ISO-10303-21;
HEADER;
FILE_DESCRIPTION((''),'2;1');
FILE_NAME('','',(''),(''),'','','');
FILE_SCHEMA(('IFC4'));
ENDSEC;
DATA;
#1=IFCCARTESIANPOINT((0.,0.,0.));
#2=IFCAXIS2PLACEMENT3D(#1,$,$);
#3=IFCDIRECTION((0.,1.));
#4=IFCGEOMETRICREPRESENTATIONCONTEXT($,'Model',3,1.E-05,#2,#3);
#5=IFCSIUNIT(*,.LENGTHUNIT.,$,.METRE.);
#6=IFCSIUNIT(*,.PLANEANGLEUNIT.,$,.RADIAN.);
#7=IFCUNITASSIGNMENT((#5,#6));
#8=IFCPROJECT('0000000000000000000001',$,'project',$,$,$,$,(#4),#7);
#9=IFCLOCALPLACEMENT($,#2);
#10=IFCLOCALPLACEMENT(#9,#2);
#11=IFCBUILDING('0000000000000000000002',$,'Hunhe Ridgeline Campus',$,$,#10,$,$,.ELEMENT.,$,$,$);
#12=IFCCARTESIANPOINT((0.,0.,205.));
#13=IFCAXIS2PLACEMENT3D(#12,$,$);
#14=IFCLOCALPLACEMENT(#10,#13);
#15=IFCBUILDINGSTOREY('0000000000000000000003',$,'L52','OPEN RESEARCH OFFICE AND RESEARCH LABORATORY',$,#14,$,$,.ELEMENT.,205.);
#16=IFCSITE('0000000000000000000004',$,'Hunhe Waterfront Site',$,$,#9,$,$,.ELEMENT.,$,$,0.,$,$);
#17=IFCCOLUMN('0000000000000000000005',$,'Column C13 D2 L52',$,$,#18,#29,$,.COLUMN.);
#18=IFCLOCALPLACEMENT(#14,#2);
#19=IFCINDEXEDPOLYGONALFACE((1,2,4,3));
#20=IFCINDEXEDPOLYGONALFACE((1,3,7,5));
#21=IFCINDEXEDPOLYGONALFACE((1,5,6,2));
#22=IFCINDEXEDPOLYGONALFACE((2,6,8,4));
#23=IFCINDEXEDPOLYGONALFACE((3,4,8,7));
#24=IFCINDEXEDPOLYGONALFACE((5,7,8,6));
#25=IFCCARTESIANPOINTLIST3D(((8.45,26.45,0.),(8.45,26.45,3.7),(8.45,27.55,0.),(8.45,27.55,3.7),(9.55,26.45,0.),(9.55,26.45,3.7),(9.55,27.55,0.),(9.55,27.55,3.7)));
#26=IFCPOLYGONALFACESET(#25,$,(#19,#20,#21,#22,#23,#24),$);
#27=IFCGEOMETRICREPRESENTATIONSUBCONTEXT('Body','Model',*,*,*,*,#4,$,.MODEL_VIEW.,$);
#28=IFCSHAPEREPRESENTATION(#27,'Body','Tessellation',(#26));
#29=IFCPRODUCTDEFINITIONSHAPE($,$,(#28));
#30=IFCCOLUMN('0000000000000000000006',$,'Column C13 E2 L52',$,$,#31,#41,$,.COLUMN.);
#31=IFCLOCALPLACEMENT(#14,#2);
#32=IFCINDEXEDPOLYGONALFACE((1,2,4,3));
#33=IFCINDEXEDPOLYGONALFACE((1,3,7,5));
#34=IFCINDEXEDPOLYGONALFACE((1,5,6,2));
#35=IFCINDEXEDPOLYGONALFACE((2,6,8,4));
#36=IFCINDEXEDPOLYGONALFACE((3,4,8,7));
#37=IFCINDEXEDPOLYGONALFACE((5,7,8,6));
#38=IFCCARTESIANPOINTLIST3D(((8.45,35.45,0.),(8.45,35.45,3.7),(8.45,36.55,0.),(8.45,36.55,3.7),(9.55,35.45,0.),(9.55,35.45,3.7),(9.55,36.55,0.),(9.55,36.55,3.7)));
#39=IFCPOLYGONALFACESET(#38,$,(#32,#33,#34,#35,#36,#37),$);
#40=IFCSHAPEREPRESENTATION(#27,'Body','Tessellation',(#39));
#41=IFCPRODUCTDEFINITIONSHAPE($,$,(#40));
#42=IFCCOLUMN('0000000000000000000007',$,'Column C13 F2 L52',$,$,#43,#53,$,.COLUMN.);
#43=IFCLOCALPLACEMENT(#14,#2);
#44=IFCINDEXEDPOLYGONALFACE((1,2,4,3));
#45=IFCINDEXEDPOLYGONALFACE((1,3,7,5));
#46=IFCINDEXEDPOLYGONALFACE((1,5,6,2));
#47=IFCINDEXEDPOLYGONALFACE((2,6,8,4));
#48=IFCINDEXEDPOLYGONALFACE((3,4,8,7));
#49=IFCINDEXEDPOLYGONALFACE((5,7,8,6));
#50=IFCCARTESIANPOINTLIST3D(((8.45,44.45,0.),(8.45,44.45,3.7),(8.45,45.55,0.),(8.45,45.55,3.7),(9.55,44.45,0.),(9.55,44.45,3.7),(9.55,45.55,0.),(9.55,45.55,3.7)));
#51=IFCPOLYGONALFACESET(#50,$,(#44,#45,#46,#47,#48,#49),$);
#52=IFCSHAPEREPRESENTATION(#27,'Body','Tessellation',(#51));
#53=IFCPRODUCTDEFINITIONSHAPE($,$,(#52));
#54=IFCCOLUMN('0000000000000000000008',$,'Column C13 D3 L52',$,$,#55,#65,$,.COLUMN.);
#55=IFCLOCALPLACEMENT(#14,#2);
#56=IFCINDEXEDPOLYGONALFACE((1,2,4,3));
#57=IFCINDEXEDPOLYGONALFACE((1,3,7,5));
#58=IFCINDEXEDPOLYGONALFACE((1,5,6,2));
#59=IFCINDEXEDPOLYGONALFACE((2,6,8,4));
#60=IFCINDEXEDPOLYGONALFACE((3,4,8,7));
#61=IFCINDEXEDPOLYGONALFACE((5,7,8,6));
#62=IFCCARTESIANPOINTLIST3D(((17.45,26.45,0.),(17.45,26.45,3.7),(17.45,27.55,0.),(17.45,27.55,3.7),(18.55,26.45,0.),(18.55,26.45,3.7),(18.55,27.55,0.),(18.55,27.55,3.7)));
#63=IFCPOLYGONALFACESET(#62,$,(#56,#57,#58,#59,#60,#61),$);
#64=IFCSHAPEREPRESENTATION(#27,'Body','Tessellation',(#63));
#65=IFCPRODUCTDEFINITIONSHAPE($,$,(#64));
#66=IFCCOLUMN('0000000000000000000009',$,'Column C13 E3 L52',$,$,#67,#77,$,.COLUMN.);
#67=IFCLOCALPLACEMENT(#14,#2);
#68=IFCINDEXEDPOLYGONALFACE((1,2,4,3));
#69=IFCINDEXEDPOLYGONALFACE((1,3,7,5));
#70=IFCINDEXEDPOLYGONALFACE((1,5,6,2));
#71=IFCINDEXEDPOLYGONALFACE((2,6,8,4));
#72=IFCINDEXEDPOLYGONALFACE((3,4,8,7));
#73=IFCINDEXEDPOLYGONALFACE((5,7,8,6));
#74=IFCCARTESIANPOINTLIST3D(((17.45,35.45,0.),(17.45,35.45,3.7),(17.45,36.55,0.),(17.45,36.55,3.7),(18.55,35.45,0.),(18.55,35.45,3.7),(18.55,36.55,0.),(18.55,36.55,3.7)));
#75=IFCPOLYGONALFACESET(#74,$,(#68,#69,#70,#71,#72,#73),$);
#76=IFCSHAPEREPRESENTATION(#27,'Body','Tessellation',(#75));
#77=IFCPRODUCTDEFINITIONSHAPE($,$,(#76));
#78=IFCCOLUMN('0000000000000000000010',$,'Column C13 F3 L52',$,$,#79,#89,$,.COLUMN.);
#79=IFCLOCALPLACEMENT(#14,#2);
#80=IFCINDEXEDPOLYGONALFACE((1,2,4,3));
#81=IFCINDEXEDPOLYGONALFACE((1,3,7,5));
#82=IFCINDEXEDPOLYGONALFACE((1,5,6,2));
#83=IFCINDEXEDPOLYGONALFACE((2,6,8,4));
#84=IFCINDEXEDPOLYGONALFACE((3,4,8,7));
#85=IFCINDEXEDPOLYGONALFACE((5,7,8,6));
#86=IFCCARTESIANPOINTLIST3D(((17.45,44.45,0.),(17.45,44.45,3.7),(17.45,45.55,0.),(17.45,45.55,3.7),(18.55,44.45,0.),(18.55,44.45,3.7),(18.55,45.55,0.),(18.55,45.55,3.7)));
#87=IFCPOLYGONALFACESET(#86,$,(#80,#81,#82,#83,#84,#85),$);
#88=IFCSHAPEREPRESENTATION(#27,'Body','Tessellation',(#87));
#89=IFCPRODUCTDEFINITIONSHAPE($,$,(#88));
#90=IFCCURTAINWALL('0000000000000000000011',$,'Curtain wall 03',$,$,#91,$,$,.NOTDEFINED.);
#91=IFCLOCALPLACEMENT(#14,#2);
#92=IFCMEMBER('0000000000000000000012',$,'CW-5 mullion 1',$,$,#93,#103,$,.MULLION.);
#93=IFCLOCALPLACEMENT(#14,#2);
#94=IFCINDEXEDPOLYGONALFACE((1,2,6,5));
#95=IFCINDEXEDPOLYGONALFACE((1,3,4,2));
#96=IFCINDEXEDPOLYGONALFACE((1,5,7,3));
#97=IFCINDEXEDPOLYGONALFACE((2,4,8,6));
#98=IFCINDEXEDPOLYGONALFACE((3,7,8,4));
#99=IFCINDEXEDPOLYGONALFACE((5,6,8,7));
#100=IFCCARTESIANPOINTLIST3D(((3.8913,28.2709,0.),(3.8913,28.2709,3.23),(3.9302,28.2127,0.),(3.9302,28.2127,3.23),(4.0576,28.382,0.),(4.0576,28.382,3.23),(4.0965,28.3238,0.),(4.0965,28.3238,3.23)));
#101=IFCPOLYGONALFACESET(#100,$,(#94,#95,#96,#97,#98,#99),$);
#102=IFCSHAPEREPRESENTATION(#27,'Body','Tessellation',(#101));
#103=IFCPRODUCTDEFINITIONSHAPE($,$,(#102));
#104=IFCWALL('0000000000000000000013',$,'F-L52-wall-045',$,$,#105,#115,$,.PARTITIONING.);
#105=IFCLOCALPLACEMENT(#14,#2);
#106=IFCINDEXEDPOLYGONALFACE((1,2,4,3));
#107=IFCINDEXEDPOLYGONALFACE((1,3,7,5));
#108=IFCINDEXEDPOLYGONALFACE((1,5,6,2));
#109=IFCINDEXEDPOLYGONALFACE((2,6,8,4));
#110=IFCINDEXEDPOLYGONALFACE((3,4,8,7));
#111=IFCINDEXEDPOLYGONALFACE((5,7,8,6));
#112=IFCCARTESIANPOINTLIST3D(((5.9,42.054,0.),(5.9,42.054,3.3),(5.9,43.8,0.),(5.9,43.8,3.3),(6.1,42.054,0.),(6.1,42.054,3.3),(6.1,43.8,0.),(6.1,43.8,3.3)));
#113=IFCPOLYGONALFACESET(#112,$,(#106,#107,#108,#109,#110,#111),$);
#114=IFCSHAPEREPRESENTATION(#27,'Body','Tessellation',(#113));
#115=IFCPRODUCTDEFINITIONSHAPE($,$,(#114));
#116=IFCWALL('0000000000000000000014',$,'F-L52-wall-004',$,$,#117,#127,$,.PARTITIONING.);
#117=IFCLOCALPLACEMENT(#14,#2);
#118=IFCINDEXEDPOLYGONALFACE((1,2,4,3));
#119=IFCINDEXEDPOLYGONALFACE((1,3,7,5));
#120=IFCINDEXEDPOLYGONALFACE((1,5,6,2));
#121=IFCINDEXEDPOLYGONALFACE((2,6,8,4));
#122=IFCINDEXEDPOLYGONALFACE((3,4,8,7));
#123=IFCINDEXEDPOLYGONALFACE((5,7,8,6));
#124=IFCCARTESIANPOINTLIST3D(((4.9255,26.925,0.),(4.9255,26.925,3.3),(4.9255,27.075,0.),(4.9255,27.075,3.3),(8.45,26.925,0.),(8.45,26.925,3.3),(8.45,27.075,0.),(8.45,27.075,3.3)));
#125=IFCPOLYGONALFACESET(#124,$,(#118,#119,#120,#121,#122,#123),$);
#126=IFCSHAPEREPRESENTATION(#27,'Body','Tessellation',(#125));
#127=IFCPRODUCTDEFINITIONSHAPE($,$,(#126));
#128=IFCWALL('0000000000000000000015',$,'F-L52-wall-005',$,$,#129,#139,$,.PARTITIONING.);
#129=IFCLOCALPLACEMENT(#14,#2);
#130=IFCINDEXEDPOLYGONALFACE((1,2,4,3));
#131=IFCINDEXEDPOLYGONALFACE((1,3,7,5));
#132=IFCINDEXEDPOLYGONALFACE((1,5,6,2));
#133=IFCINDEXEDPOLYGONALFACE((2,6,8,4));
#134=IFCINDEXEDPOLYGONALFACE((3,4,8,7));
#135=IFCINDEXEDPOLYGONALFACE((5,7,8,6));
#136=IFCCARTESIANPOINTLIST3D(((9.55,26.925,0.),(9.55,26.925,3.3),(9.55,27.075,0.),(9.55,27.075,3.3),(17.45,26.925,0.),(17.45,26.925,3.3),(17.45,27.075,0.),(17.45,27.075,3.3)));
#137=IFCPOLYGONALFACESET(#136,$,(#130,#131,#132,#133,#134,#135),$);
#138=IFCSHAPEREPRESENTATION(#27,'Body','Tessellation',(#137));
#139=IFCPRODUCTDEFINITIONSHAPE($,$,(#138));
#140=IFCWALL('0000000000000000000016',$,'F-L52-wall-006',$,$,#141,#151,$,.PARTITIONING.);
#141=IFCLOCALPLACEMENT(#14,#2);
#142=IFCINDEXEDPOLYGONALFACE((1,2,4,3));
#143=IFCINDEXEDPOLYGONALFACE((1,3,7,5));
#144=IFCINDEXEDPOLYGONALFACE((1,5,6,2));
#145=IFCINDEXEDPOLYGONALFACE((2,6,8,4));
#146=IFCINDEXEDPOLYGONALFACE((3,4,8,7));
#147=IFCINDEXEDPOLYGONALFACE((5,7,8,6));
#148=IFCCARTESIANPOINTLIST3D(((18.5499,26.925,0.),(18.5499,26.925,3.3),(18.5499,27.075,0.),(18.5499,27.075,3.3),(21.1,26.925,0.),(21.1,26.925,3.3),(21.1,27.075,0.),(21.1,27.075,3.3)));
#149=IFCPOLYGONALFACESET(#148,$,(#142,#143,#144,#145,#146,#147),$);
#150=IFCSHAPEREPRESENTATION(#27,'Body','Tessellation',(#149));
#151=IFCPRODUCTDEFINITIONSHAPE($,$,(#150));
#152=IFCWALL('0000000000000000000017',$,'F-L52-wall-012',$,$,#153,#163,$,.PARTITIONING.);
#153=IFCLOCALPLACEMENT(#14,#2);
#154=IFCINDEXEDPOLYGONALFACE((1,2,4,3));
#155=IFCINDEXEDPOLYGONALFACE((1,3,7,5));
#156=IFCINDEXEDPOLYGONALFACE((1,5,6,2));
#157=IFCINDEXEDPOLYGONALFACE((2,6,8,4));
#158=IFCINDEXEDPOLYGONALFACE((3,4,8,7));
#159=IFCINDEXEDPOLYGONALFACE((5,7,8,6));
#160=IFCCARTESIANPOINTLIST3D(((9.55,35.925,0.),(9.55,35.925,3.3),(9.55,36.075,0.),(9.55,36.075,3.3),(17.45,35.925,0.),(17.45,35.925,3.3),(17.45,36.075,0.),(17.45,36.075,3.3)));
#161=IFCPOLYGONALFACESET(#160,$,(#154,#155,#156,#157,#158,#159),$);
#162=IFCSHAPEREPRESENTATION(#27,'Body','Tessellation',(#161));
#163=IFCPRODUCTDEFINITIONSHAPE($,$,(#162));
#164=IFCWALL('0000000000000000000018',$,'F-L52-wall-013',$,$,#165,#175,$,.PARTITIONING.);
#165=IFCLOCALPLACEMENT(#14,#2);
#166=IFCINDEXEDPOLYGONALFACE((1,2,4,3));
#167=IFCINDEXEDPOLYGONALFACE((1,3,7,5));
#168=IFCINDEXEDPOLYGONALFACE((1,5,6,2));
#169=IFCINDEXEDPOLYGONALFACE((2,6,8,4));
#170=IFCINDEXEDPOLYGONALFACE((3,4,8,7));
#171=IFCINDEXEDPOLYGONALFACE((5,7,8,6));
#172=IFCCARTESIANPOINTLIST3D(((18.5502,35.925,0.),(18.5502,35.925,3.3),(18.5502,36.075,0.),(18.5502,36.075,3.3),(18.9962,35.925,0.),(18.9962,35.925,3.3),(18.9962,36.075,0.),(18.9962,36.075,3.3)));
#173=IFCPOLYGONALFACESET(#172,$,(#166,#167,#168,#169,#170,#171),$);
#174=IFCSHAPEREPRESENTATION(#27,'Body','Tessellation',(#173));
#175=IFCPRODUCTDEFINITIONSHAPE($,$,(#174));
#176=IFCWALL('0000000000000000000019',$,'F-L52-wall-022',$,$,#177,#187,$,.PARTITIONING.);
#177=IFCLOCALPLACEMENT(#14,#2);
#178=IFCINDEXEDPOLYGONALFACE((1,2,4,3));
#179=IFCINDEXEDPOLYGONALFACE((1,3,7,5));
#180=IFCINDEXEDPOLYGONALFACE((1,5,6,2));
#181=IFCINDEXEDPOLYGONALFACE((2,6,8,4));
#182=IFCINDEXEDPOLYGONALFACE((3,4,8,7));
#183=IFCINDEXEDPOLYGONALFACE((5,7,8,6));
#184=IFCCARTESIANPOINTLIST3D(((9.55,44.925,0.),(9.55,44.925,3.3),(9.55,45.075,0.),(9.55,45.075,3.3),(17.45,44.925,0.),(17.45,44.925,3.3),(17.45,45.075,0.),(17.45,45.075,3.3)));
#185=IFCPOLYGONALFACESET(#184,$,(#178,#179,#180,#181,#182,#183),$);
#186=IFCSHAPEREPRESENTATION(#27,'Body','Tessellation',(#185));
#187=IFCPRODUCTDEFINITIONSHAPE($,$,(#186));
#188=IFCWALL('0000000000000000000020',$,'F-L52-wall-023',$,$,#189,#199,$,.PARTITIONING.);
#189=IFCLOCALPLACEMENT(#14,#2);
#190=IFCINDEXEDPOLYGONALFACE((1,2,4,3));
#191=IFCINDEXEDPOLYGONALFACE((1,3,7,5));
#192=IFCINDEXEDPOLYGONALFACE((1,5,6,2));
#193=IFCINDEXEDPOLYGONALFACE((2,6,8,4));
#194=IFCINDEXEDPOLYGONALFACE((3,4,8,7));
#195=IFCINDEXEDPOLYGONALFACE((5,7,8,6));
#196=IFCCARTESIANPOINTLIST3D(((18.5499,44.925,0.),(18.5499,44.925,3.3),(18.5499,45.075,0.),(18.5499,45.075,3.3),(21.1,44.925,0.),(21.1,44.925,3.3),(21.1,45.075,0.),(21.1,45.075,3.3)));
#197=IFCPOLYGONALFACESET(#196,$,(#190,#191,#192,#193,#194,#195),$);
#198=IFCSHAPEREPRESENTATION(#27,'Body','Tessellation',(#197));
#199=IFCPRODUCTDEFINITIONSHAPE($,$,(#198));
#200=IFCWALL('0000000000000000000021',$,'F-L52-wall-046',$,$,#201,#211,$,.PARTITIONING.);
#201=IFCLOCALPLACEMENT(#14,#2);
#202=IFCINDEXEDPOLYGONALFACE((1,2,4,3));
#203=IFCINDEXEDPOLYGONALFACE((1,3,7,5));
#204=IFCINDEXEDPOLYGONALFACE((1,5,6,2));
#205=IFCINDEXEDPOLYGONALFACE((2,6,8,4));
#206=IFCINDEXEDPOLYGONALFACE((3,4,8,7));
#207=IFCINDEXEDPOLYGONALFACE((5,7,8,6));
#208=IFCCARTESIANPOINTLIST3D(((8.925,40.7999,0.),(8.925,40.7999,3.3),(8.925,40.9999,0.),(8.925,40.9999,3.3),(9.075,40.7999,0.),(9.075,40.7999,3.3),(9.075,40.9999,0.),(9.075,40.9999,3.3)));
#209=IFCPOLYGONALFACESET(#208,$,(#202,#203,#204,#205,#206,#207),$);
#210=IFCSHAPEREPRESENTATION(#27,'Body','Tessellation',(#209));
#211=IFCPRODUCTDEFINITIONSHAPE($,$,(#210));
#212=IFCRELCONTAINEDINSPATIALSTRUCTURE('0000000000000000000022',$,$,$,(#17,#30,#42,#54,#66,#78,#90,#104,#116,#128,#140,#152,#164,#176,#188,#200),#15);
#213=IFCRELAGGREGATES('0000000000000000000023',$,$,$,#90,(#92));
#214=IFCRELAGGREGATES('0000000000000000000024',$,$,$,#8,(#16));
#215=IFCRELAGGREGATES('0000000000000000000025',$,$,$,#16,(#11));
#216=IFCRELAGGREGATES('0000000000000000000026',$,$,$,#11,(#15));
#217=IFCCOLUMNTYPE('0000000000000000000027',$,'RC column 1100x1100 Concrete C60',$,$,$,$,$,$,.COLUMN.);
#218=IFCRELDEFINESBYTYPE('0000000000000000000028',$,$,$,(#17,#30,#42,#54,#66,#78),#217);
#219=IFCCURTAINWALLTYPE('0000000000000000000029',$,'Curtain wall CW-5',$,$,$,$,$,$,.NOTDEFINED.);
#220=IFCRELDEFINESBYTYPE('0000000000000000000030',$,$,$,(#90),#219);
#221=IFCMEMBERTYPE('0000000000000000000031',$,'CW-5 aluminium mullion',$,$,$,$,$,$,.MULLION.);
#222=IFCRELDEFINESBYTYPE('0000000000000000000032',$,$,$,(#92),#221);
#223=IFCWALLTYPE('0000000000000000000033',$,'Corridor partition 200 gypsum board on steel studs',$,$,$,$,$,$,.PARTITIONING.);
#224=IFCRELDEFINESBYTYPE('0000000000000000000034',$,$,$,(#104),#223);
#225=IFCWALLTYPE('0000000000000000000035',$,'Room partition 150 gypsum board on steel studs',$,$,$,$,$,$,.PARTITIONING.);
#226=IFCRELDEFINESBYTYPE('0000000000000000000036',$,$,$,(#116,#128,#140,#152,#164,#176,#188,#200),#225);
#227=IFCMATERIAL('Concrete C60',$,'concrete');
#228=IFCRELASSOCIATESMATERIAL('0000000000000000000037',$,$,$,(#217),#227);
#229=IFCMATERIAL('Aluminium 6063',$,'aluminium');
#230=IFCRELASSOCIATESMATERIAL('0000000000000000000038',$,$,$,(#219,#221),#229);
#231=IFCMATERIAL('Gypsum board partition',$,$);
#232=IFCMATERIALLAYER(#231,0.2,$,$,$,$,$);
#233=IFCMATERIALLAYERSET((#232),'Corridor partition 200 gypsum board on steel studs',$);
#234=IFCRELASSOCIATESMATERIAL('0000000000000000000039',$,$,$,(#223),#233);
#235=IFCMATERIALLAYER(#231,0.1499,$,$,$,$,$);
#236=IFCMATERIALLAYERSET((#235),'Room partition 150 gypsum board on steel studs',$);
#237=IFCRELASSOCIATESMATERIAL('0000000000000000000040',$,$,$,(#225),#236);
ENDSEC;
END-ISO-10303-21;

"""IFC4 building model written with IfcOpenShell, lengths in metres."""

from ifc_helpers import new_model, si_unit, direction, frame, frame_2d, origin, origin_2d, place, context, subcontext, project, spatial, rectangle, extrude, material, layer, layer_set, material_profile, profile_set, type_object, element, aggregate, save


model = new_model("IFC4")

# Units and contexts
model_context = context("Model", 3, precision=1e-05, world=origin(), true_north=direction((0.0, 1.0)))
body_context = subcontext(model_context, "Body", "Model", "MODEL_VIEW")
ifc_project = project(units=[si_unit("LENGTHUNIT", "METRE"), si_unit("PLANEANGLEUNIT", "RADIAN")], contexts=[model_context])

# Site, building, storey
site_placement = place(None, origin())
site = spatial("IfcSite", under=ifc_project, at=site_placement, Name="Hunhe Waterfront Site", CompositionType="ELEMENT", RefElevation=0.0)
building_placement = place(site_placement, origin())
building = spatial("IfcBuilding", under=site, at=building_placement, Name="Hunhe Ridgeline Campus", CompositionType="ELEMENT")
storey_placement = place(building_placement, frame((0.0, 0.0, 205.0)))
storey = spatial("IfcBuildingStorey", under=building, at=storey_placement, Name="L52", Description="OPEN RESEARCH OFFICE AND RESEARCH LABORATORY", CompositionType="ELEMENT", Elevation=205.0)

# Columns
ifc_material_1 = material(Name="Concrete C60", Category="concrete")
ifc_material_profile_1 = material_profile(ifc_material_1, rectangle(XDim=1.1001, YDim=1.1001, at=origin_2d()))
ifc_profile_set_1 = profile_set([ifc_material_profile_1], Name="Concrete C60")
column_type = type_object("IfcColumnType", Name="RC column 1100x1100 Concrete C60", PredefinedType="COLUMN", material=ifc_profile_set_1)
for number, where, z_axis, x_axis, name in (
    (1, (9.0, 27.0, 0.0), (0.0, 0.0, 1.0), (1.0, 0.0, 0.0), "Column C13 D2 L52"),
    (2, (9.0, 36.0, 0.0), (0.0, 0.0, 1.0), (1.0, 0.0, 0.0), "Column C13 E2 L52"),
    (3, (9.0, 45.0, 0.0), (0.0, 0.0, 1.0), (1.0, 0.0, 0.0), "Column C13 F2 L52"),
    (4, (18.0, 27.0, 0.0), (0.0, 0.0, 1.0), (1.0, 0.0, 0.0), "Column C13 D3 L52"),
    (5, (18.0, 36.0, 0.0), (0.0, 0.0, 1.0), (1.0, 0.0, 0.0), "Column C13 E3 L52"),
    (6, (18.0, 45.0, 0.0), (0.0, 0.0, 1.0), (1.0, 0.0, 0.0), "Column C13 F3 L52"),
):
    element("IfcColumn", number, at=place(storey_placement, frame(where, z_axis=z_axis, x_axis=x_axis)), inside=storey, type_object=column_type, Name=name, PredefinedType="COLUMN", context=body_context, shape_type="SweptSolid", body=[
        extrude(rectangle(XDim=1.1001, YDim=1.1001, at=origin_2d()), origin(), (0.0, 0.0, 1.0), 3.7),
    ])

# Curtain wall, member
ifc_material_2 = material(Name="Aluminium 6063", Category="aluminium")
curtain_wall_type = type_object("IfcCurtainWallType", Name="Curtain wall CW-5", PredefinedType="NOTDEFINED", material=ifc_material_2)
curtain_wall_placement = place(storey_placement, origin())
curtain_wall = element("IfcCurtainWall", 7, at=curtain_wall_placement, inside=storey, type_object=curtain_wall_type, Name="Curtain wall 03", PredefinedType="NOTDEFINED")
ifc_material_profile_2 = material_profile(ifc_material_2, rectangle(XDim=0.2, YDim=0.0701, at=origin_2d()))
ifc_profile_set_2 = profile_set([ifc_material_profile_2], Name="Aluminium 6063")
member_type = type_object("IfcMemberType", Name="CW-5 aluminium mullion", PredefinedType="MULLION", material=ifc_profile_set_2)
member_placement = place(storey_placement, frame((3.9939, 28.2974, 0.0), z_axis=(0.0, 0.0, 1.0), x_axis=(0.83147, 0.55557, 0.0)))
member = element("IfcMember", 8, at=member_placement, type_object=member_type, Name="CW-5 mullion 1", PredefinedType="MULLION", context=body_context, shape_type="SweptSolid", body=[
    extrude(rectangle(XDim=0.2, YDim=0.0701, at=origin_2d()), origin(), (0.0, 0.0, 1.0), 3.23),
])
aggregate(curtain_wall, [member])

# Shared definitions
ifc_material_3 = material(Name="Gypsum board partition")
ifc_layer_1 = layer(ifc_material_3, 0.2)
ifc_layer_set_1 = layer_set([ifc_layer_1], Name="Corridor partition 200 gypsum board on steel studs")
wall_type_1 = type_object("IfcWallType", Name="Corridor partition 200 gypsum board on steel studs", PredefinedType="PARTITIONING", material=ifc_layer_set_1)

# Walls
wall_1_placement = place(storey_placement, frame((6.0, 42.054, 0.0), z_axis=(0.0, 0.0, 1.0), x_axis=(0.0, 1.0, 0.0)))
element("IfcWall", 9, at=wall_1_placement, inside=storey, type_object=wall_type_1, Name="F-L52-wall-045", PredefinedType="PARTITIONING", context=body_context, shape_type="SweptSolid", body=[
    extrude(rectangle(XDim=1.7461, YDim=0.2, at=frame_2d((0.873, 0.0))), origin(), (0.0, 0.0, 1.0), 3.3),
])
ifc_layer_2 = layer(ifc_material_3, 0.1499)
ifc_layer_set_2 = layer_set([ifc_layer_2], Name="Room partition 150 gypsum board on steel studs")
wall_type_2 = type_object("IfcWallType", Name="Room partition 150 gypsum board on steel studs", PredefinedType="PARTITIONING", material=ifc_layer_set_2)
wall_2_placement = place(storey_placement, frame((4.9255, 27.0, 0.0), z_axis=(0.0, 0.0, 1.0), x_axis=(1.0, 0.0, 0.0)))
element("IfcWall", 10, at=wall_2_placement, inside=storey, type_object=wall_type_2, Name="F-L52-wall-004", PredefinedType="PARTITIONING", context=body_context, shape_type="SweptSolid", body=[
    extrude(rectangle(XDim=3.5244, YDim=0.1499, at=frame_2d((1.7622, 0.0))), origin(), (0.0, 0.0, 1.0), 3.3),
])
wall_3_placement = place(storey_placement, frame((9.55, 27.0, 0.0), z_axis=(0.0, 0.0, 1.0), x_axis=(1.0, 0.0, 0.0)))
element("IfcWall", 11, at=wall_3_placement, inside=storey, type_object=wall_type_2, Name="F-L52-wall-005", PredefinedType="PARTITIONING", context=body_context, shape_type="SweptSolid", body=[
    extrude(rectangle(XDim=7.8999, YDim=0.1499, at=frame_2d((3.95, 0.0))), origin(), (0.0, 0.0, 1.0), 3.3),
])
wall_4_placement = place(storey_placement, frame((18.55, 27.0, 0.0), z_axis=(0.0, 0.0, 1.0), x_axis=(1.0, 0.0, 0.0)))
element("IfcWall", 12, at=wall_4_placement, inside=storey, type_object=wall_type_2, Name="F-L52-wall-006", PredefinedType="PARTITIONING", context=body_context, shape_type="SweptSolid", body=[
    extrude(rectangle(XDim=2.55, YDim=0.1499, at=frame_2d((1.2749, 0.0))), origin(), (0.0, 0.0, 1.0), 3.3),
])
wall_5_placement = place(storey_placement, frame((9.55, 36.0, 0.0), z_axis=(0.0, 0.0, 1.0), x_axis=(1.0, 0.0, 0.0)))
element("IfcWall", 13, at=wall_5_placement, inside=storey, type_object=wall_type_2, Name="F-L52-wall-012", PredefinedType="PARTITIONING", context=body_context, shape_type="SweptSolid", body=[
    extrude(rectangle(XDim=7.8999, YDim=0.1499, at=frame_2d((3.95, 0.0))), origin(), (0.0, 0.0, 1.0), 3.3),
])
wall_6_placement = place(storey_placement, frame((18.55, 36.0, 0.0), z_axis=(0.0, 0.0, 1.0), x_axis=(1.0, 0.0, 0.0)))
element("IfcWall", 14, at=wall_6_placement, inside=storey, type_object=wall_type_2, Name="F-L52-wall-013", PredefinedType="PARTITIONING", context=body_context, shape_type="SweptSolid", body=[
    extrude(rectangle(XDim=0.446, YDim=0.1499, at=frame_2d((0.2231, 0.0))), origin(), (0.0, 0.0, 1.0), 3.3),
])
wall_7_placement = place(storey_placement, frame((9.55, 45.0, 0.0), z_axis=(0.0, 0.0, 1.0), x_axis=(1.0, 0.0, 0.0)))
element("IfcWall", 15, at=wall_7_placement, inside=storey, type_object=wall_type_2, Name="F-L52-wall-022", PredefinedType="PARTITIONING", context=body_context, shape_type="SweptSolid", body=[
    extrude(rectangle(XDim=7.8999, YDim=0.1499, at=frame_2d((3.95, 0.0))), origin(), (0.0, 0.0, 1.0), 3.3),
])
wall_8_placement = place(storey_placement, frame((18.55, 45.0, 0.0), z_axis=(0.0, 0.0, 1.0), x_axis=(1.0, 0.0, 0.0)))
element("IfcWall", 16, at=wall_8_placement, inside=storey, type_object=wall_type_2, Name="F-L52-wall-023", PredefinedType="PARTITIONING", context=body_context, shape_type="SweptSolid", body=[
    extrude(rectangle(XDim=2.55, YDim=0.1499, at=frame_2d((1.2749, 0.0))), origin(), (0.0, 0.0, 1.0), 3.3),
])
wall_9_placement = place(storey_placement, frame((9.0, 41.0, 0.0), z_axis=(0.0, 0.0, 1.0), x_axis=(0.0, -1.0, 0.0)))
element("IfcWall", 17, at=wall_9_placement, inside=storey, type_object=wall_type_2, Name="F-L52-wall-046", PredefinedType="PARTITIONING", context=body_context, shape_type="SweptSolid", body=[
    extrude(rectangle(XDim=0.2, YDim=0.1499, at=frame_2d((0.1001, 0.0))), origin(), (0.0, 0.0, 1.0), 3.3),
])

save(model, "model.ifc")
